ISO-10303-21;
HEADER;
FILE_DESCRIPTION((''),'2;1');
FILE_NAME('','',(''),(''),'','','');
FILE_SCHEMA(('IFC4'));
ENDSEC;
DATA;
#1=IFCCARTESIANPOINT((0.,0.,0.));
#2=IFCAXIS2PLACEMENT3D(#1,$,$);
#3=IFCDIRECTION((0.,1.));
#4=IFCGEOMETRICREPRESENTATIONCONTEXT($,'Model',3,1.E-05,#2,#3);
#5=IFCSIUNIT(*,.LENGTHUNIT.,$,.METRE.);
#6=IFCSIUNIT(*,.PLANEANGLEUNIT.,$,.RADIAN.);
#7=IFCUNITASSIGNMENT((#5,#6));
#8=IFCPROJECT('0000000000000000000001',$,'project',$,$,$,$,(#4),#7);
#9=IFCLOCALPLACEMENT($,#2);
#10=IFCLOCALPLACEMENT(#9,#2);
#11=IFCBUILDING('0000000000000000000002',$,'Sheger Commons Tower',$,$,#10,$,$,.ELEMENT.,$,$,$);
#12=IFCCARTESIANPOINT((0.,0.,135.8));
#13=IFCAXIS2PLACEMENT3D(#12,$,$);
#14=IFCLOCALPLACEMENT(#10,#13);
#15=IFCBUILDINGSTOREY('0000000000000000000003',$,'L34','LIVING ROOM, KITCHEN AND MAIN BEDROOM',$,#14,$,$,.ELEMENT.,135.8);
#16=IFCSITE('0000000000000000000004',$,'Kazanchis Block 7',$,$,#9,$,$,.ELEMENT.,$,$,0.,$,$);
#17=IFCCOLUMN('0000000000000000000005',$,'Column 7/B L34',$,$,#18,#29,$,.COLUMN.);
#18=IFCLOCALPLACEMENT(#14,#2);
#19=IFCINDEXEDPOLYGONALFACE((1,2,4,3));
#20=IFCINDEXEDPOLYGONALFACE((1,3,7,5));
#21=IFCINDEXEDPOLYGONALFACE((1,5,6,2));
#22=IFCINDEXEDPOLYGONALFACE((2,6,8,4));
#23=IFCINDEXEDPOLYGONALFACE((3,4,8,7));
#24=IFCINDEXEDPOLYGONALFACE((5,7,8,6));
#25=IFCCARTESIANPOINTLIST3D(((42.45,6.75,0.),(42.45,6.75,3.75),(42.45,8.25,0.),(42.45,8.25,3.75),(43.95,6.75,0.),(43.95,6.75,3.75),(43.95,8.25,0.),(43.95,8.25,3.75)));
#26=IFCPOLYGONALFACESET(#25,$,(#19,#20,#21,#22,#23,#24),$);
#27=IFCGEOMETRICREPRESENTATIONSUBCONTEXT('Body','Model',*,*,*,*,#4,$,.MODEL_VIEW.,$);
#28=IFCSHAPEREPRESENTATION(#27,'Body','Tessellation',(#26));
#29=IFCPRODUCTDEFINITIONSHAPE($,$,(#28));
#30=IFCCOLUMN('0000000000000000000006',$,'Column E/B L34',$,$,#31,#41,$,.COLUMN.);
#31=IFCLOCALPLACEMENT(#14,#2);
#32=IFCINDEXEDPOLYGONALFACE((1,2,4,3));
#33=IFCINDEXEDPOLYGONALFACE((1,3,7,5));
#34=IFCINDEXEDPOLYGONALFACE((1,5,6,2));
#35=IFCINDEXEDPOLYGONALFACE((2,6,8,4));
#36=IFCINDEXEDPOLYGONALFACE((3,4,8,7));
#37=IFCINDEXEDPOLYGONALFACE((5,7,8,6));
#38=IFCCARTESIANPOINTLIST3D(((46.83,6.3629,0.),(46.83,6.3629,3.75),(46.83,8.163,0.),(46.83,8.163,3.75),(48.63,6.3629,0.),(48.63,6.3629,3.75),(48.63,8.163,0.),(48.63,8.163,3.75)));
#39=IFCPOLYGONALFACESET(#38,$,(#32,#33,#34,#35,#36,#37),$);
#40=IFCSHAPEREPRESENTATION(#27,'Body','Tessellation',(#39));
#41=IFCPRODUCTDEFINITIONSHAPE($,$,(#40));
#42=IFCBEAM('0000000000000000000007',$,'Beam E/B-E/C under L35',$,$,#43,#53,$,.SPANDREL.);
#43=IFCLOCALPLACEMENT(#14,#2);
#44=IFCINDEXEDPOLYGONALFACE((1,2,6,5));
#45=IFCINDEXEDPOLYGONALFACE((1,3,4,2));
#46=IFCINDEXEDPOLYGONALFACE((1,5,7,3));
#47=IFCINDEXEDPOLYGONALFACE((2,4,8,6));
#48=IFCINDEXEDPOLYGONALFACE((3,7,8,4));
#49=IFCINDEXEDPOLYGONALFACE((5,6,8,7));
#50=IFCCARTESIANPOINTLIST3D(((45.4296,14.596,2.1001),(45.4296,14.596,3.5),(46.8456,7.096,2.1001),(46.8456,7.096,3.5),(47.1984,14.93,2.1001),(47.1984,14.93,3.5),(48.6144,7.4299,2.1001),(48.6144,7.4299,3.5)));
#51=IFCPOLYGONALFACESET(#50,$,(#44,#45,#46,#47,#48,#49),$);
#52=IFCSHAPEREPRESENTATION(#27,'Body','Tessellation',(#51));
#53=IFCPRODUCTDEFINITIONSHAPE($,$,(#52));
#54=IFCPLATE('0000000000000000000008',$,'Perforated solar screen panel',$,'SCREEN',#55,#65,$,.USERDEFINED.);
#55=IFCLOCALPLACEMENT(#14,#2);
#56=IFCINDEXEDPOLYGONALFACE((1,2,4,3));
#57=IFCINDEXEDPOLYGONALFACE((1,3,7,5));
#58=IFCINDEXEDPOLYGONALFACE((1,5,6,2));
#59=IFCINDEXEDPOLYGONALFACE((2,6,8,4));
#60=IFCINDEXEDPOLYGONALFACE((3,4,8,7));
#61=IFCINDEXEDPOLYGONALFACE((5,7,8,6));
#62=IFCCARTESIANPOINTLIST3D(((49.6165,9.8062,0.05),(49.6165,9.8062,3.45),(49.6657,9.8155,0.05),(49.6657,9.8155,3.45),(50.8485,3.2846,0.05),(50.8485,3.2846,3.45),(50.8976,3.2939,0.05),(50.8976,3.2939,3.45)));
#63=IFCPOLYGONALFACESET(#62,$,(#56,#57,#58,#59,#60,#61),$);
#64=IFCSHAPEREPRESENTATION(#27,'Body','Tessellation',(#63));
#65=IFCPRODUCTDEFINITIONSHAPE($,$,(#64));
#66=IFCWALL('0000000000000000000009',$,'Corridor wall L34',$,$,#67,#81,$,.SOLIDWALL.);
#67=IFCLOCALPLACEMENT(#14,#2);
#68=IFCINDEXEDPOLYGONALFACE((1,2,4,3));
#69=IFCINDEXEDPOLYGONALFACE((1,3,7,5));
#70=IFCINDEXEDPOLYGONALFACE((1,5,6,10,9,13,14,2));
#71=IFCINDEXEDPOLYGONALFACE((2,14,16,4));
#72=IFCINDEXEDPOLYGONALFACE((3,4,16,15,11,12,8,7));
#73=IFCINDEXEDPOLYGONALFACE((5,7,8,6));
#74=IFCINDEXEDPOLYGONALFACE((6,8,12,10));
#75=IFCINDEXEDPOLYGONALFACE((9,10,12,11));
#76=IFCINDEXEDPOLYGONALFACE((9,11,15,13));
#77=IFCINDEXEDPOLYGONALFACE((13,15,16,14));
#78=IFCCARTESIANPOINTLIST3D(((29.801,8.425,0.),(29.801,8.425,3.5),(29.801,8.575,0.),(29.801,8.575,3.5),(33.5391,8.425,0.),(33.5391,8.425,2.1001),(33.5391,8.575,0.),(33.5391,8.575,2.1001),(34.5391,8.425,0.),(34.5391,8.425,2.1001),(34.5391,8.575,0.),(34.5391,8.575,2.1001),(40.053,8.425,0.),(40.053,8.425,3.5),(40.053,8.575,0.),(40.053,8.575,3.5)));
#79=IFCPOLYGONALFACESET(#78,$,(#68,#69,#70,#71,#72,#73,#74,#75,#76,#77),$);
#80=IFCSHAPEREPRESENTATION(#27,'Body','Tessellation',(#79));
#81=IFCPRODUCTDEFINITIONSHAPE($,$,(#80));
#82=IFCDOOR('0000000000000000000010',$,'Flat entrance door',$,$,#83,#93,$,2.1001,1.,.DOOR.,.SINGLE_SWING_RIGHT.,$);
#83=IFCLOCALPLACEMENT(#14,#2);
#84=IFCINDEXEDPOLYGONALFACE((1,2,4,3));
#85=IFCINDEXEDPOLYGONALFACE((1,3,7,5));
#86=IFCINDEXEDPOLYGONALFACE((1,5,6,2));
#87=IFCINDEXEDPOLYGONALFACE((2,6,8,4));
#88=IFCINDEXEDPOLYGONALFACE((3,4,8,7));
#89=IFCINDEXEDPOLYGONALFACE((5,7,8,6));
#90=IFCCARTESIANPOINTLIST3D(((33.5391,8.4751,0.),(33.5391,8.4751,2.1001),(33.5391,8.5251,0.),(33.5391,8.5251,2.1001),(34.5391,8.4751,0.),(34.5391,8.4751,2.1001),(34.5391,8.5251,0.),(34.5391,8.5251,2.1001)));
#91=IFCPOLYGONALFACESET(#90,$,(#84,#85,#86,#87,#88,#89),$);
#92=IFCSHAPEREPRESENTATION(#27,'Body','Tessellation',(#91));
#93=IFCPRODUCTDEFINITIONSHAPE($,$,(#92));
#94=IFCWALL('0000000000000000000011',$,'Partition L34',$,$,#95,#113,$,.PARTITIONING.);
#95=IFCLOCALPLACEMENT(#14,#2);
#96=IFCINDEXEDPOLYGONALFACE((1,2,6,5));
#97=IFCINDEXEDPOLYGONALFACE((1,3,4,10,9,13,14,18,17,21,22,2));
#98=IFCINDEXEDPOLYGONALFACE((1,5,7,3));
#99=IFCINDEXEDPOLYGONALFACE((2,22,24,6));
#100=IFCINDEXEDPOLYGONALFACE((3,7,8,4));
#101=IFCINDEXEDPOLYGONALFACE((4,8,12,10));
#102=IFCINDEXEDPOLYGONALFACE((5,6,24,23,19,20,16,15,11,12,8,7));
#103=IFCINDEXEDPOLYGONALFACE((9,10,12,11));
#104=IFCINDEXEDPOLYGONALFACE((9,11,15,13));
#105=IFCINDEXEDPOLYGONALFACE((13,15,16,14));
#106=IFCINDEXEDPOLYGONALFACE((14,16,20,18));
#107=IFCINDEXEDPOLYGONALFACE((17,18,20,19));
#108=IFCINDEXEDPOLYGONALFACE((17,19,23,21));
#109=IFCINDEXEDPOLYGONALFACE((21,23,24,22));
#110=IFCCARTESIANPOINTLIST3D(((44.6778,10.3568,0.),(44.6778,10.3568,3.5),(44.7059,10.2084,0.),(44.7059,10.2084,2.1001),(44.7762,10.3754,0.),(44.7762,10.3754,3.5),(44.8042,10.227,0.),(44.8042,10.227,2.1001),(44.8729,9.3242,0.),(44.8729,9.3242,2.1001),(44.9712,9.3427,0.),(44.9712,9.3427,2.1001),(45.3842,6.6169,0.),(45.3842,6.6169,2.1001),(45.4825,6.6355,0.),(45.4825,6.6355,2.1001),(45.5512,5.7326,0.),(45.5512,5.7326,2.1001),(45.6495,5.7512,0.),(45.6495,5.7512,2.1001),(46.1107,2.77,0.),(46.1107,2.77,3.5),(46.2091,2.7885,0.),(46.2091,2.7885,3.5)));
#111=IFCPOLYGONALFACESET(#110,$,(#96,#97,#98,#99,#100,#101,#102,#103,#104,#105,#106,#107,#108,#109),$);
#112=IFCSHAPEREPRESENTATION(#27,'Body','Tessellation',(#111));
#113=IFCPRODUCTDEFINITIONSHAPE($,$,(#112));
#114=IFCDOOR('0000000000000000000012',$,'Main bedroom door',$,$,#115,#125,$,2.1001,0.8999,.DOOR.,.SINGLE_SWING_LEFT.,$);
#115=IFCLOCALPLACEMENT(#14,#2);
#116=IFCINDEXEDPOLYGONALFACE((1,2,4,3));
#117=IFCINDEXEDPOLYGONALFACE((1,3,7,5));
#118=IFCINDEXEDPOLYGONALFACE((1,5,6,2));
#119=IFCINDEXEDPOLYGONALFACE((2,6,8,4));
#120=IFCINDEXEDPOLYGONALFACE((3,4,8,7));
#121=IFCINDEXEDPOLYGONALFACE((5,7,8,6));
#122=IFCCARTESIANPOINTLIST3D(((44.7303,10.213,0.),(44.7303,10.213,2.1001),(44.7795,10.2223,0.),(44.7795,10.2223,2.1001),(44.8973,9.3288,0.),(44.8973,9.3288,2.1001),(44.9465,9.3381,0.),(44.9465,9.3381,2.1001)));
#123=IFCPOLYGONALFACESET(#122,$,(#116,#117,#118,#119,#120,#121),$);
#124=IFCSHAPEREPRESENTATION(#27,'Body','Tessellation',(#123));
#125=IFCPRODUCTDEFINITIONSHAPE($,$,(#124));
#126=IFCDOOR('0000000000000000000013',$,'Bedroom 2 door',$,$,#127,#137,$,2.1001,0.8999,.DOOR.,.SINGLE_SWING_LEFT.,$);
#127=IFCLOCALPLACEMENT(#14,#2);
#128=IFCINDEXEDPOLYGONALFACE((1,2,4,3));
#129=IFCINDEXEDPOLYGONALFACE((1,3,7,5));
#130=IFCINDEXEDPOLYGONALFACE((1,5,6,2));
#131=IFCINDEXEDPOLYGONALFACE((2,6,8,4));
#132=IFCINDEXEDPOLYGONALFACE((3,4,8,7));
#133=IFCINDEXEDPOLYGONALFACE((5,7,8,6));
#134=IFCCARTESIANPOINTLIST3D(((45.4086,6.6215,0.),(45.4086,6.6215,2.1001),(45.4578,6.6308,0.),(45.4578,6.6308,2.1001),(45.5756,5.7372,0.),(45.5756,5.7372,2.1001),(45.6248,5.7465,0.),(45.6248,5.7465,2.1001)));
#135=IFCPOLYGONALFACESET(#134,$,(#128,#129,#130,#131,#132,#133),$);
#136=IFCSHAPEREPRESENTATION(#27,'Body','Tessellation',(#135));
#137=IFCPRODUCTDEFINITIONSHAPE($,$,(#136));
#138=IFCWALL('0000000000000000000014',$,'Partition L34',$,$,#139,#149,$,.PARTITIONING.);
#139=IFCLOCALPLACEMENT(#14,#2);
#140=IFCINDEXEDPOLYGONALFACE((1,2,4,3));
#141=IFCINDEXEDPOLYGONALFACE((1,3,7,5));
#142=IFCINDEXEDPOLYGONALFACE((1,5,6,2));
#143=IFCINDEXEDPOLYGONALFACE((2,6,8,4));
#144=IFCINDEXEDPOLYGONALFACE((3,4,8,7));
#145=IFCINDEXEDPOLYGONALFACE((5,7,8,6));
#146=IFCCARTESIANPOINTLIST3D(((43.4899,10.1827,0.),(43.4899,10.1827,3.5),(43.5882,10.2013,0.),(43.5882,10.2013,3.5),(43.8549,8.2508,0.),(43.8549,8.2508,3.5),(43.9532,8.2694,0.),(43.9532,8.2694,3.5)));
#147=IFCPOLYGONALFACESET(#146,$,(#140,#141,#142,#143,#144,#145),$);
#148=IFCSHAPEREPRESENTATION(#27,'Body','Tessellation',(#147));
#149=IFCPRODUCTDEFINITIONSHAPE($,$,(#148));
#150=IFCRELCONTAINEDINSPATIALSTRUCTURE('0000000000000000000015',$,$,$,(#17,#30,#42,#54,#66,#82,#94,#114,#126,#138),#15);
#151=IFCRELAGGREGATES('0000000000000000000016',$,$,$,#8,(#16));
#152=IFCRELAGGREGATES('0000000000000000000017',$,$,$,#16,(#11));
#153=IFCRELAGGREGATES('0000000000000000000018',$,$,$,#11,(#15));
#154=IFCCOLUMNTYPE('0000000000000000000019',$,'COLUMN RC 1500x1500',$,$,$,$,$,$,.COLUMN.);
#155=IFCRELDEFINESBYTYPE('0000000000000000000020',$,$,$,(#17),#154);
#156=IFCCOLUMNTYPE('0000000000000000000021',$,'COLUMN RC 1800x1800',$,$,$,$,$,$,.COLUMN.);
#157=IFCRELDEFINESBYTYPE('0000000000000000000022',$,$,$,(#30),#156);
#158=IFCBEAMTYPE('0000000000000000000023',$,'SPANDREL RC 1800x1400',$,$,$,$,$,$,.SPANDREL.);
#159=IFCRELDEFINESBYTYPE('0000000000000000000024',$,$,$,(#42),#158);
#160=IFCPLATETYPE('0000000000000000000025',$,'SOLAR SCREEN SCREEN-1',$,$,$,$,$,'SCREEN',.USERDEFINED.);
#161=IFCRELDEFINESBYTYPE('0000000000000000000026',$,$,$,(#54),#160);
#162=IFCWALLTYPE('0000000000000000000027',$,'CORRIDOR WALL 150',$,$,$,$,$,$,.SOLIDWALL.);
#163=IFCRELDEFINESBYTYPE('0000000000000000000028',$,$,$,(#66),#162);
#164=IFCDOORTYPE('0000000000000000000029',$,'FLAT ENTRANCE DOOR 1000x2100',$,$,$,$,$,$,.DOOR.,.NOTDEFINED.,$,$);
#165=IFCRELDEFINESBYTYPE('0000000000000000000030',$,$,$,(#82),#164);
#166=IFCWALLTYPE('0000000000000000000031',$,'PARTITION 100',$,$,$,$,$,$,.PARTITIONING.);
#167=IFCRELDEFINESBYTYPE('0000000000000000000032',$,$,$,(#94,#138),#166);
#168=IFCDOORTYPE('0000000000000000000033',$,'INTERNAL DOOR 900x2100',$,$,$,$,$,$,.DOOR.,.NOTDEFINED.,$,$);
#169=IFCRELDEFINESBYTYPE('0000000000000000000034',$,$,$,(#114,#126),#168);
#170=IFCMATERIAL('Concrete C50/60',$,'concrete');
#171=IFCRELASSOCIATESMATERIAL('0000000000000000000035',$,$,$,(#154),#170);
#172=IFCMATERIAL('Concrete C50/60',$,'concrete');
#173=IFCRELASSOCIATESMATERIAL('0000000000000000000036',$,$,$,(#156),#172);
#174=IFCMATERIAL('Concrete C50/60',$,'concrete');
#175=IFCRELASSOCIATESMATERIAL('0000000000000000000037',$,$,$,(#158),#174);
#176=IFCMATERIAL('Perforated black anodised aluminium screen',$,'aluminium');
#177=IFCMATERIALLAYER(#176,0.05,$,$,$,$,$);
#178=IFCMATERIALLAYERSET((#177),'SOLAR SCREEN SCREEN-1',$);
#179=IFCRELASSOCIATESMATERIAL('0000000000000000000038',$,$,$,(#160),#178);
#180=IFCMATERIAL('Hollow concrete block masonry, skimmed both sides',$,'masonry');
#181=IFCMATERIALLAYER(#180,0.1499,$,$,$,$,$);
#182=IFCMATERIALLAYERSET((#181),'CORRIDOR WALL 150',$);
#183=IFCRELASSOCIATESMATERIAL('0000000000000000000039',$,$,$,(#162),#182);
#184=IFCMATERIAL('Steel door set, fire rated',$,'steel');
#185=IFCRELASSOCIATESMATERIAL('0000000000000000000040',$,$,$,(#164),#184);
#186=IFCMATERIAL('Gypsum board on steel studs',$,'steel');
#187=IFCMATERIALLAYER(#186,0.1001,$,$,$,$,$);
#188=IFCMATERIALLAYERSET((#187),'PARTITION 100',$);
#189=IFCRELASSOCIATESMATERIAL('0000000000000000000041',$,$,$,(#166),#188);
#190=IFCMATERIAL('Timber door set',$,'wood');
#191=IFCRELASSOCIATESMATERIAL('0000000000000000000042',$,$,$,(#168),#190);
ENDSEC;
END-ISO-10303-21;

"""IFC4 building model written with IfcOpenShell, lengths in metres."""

from ifc_helpers import new_model, si_unit, direction, frame, frame_2d, origin, origin_2d, place, context, subcontext, project, spatial, rectangle, extrude, material, layer, layer_set, material_profile, profile_set, type_object, element, fill, save


model = new_model("IFC4")

# Units and contexts
model_context = context("Model", 3, precision=1e-05, world=origin(), true_north=direction((0.0, 1.0)))
body_context = subcontext(model_context, "Body", "Model", "MODEL_VIEW")
ifc_project = project(units=[si_unit("LENGTHUNIT", "METRE"), si_unit("PLANEANGLEUNIT", "RADIAN")], contexts=[model_context])

# Site, building, storey
site_placement = place(None, origin())
site = spatial("IfcSite", under=ifc_project, at=site_placement, Name="Kazanchis Block 7", CompositionType="ELEMENT", RefElevation=0.0)
building_placement = place(site_placement, origin())
building = spatial("IfcBuilding", under=site, at=building_placement, Name="Sheger Commons Tower", CompositionType="ELEMENT")
storey_placement = place(building_placement, frame((0.0, 0.0, 135.8)))
storey = spatial("IfcBuildingStorey", under=building, at=storey_placement, Name="L34", Description="LIVING ROOM, KITCHEN AND MAIN BEDROOM", CompositionType="ELEMENT", Elevation=135.8)

# Columns
ifc_material_1 = material(Name="Concrete C50/60", Category="concrete")
ifc_material_profile_1 = material_profile(ifc_material_1, rectangle(XDim=1.5, YDim=1.5, at=origin_2d()), Name="RC 1500x1500")
ifc_profile_set_1 = profile_set([ifc_material_profile_1], Name="Concrete C50/60")
column_type_1 = type_object("IfcColumnType", Name="COLUMN RC 1500x1500", PredefinedType="COLUMN", material=ifc_profile_set_1)
column_1_placement = place(storey_placement, frame((43.2, 7.5, 0.0), z_axis=(0.0, 0.0, 1.0), x_axis=(1.0, 0.0, 0.0)))
element("IfcColumn", 1, at=column_1_placement, inside=storey, type_object=column_type_1, Name="Column 7/B L34", PredefinedType="COLUMN", context=body_context, shape_type="SweptSolid", body=[
    extrude(rectangle(XDim=1.5, YDim=1.5, at=origin_2d()), origin(), (0.0, 0.0, 1.0), 3.75),
])
ifc_material_2 = material(Name="Concrete C50/60", Category="concrete")
ifc_material_profile_2 = material_profile(ifc_material_2, rectangle(XDim=1.8, YDim=1.8, at=origin_2d()), Name="RC 1800x1800")
ifc_profile_set_2 = profile_set([ifc_material_profile_2], Name="Concrete C50/60")
column_type_2 = type_object("IfcColumnType", Name="COLUMN RC 1800x1800", PredefinedType="COLUMN", material=ifc_profile_set_2)
column_2_placement = place(storey_placement, frame((47.73, 7.2629, 0.0), z_axis=(0.0, 0.0, 1.0), x_axis=(1.0, 0.0, 0.0)))
element("IfcColumn", 2, at=column_2_placement, inside=storey, type_object=column_type_2, Name="Column E/B L34", PredefinedType="COLUMN", context=body_context, shape_type="SweptSolid", body=[
    extrude(rectangle(XDim=1.8, YDim=1.8, at=origin_2d()), origin(), (0.0, 0.0, 1.0), 3.75),
])

# Beam
ifc_material_3 = material(Name="Concrete C50/60", Category="concrete")
ifc_material_profile_3 = material_profile(ifc_material_3, rectangle(XDim=1.8, YDim=1.3999, at=origin_2d()), Name="RC 1800x1400")
ifc_profile_set_3 = profile_set([ifc_material_profile_3], Name="Concrete C50/60")
beam_type = type_object("IfcBeamType", Name="SPANDREL RC 1800x1400", PredefinedType="SPANDREL", material=ifc_profile_set_3)
beam_placement = place(storey_placement, frame((47.73, 7.2629, 2.8), z_axis=(-0.185524, 0.98264, 0.0), x_axis=(-0.98264, -0.185524, 0.0)))
element("IfcBeam", 3, at=beam_placement, inside=storey, type_object=beam_type, Name="Beam E/B-E/C under L35", PredefinedType="SPANDREL", context=body_context, shape_type="SweptSolid", body=[
    extrude(rectangle(XDim=1.8, YDim=1.3999, at=origin_2d()), origin(), (0.0, 0.0, 1.0), 7.6326),
])

# Plate
ifc_material_4 = material(Name="Perforated black anodised aluminium screen", Category="aluminium")
ifc_layer_1 = layer(ifc_material_4, 0.05)
ifc_layer_set_1 = layer_set([ifc_layer_1], Name="SOLAR SCREEN SCREEN-1")
plate_type = type_object("IfcPlateType", Name="SOLAR SCREEN SCREEN-1", ElementType="SCREEN", PredefinedType="USERDEFINED", material=ifc_layer_set_1)
plate_placement = place(storey_placement, frame((50.2571, 6.55, 0.05), z_axis=(0.0, 0.0, 1.0), x_axis=(-0.185615, 0.982623, 0.0)))
element("IfcPlate", 4, at=plate_placement, inside=storey, type_object=plate_type, Name="Perforated solar screen panel", ObjectType="SCREEN", PredefinedType="USERDEFINED", context=body_context, shape_type="SweptSolid", body=[
    extrude(rectangle(XDim=6.637, YDim=0.05, at=origin_2d()), origin(), (0.0, 0.0, 1.0), 3.3999),
])

# Wall, opening, door
ifc_material_5 = material(Name="Hollow concrete block masonry, skimmed both sides", Category="masonry")
ifc_layer_2 = layer(ifc_material_5, 0.1499)
ifc_layer_set_2 = layer_set([ifc_layer_2], Name="CORRIDOR WALL 150")
wall_type_1 = type_object("IfcWallType", Name="CORRIDOR WALL 150", PredefinedType="SOLIDWALL", material=ifc_layer_set_2)
wall_1_placement = place(storey_placement, frame((40.053, 8.5, 0.0), z_axis=(0.0, 0.0, 1.0), x_axis=(-1.0, 0.0, 0.0)))
wall_1 = element("IfcWall", 5, at=wall_1_placement, inside=storey, type_object=wall_type_1, Name="Corridor wall L34", PredefinedType="SOLIDWALL", context=body_context, shape_type="SweptSolid", body=[
    extrude(rectangle(XDim=10.252, YDim=0.1499, at=frame_2d((5.126, 0.0))), origin(), (0.0, 0.0, 1.0), 3.5),
])
opening_1_placement = place(wall_1_placement, frame((5.5139, 0.0, 0.0)))
opening_1 = element("IfcOpeningElement", 6, at=opening_1_placement, cuts=wall_1, PredefinedType="OPENING", context=body_context, shape_type="SweptSolid", body=[
    extrude(rectangle(XDim=1.0, YDim=2.1001, at=frame_2d((0.5, 1.05))), frame((0.0, 0.085, 0.0), z_axis=(0.0, -1.0, 0.0), x_axis=(1.0, 0.0, 0.0)), (0.0, 0.0, 1.0), 0.1699),
])
ifc_material_6 = material(Name="Steel door set, fire rated", Category="steel")
door_type_1 = type_object("IfcDoorType", Name="FLAT ENTRANCE DOOR 1000x2100", OperationType="NOTDEFINED", PredefinedType="DOOR", material=ifc_material_6)
door_1_placement = place(opening_1_placement, origin())
door_1 = element("IfcDoor", 7, at=door_1_placement, inside=storey, type_object=door_type_1, Name="Flat entrance door", OperationType="SINGLE_SWING_RIGHT", OverallHeight=2.1001, OverallWidth=1.0, PredefinedType="DOOR", context=body_context, shape_type="SweptSolid", body=[
    extrude(rectangle(XDim=1.0, YDim=2.1001, at=frame_2d((0.5, 1.05))), frame((0.0, 0.0249, 0.0), z_axis=(0.0, -1.0, 0.0), x_axis=(1.0, 0.0, 0.0)), (0.0, 0.0, 1.0), 0.05),
])
fill(opening_1, door_1)

# Wall, openings, doors
ifc_material_7 = material(Name="Gypsum board on steel studs", Category="steel")
ifc_layer_3 = layer(ifc_material_7, 0.1001)
ifc_layer_set_3 = layer_set([ifc_layer_3], Name="PARTITION 100")
wall_type_2 = type_object("IfcWallType", Name="PARTITION 100", PredefinedType="PARTITIONING", material=ifc_layer_set_3)
wall_2_placement = place(storey_placement, frame((44.7271, 10.366, 0.0), z_axis=(0.0, 0.0, 1.0), x_axis=(0.185579, -0.982629, 0.0)))
wall_2 = element("IfcWall", 8, at=wall_2_placement, inside=storey, type_object=wall_type_2, Name="Partition L34", PredefinedType="PARTITIONING", context=body_context, shape_type="SweptSolid", body=[
    extrude(rectangle(XDim=7.7209, YDim=0.1001, at=frame_2d((3.8604, 0.0))), origin(), (0.0, 0.0, 1.0), 3.5),
])
opening_2_placement = place(wall_2_placement, frame((0.1509, 0.0, 0.0)))
opening_2 = element("IfcOpeningElement", 9, at=opening_2_placement, cuts=wall_2, PredefinedType="OPENING", context=body_context, shape_type="SweptSolid", body=[
    extrude(rectangle(XDim=0.8999, YDim=2.1001, at=frame_2d((0.45, 1.05))), frame((0.0, 0.0601, 0.0), z_axis=(0.0, -1.0, 0.0), x_axis=(1.0, 0.0, 0.0)), (0.0, 0.0, 1.0), 0.1201),
])
opening_3_placement = place(wall_2_placement, frame((3.8059, 0.0, 0.0)))
opening_3 = element("IfcOpeningElement", 10, at=opening_3_placement, cuts=wall_2, PredefinedType="OPENING", context=body_context, shape_type="SweptSolid", body=[
    extrude(rectangle(XDim=0.8999, YDim=2.1001, at=frame_2d((0.45, 1.05))), frame((0.0, 0.0601, 0.0), z_axis=(0.0, -1.0, 0.0), x_axis=(1.0, 0.0, 0.0)), (0.0, 0.0, 1.0), 0.1201),
])
ifc_material_8 = material(Name="Timber door set", Category="wood")
door_type_2 = type_object("IfcDoorType", Name="INTERNAL DOOR 900x2100", OperationType="NOTDEFINED", PredefinedType="DOOR", material=ifc_material_8)
door_2_placement = place(opening_2_placement, origin())
door_2 = element("IfcDoor", 11, at=door_2_placement, inside=storey, type_object=door_type_2, Name="Main bedroom door", OperationType="SINGLE_SWING_LEFT", OverallHeight=2.1001, OverallWidth=0.8999, PredefinedType="DOOR", context=body_context, shape_type="SweptSolid", body=[
    extrude(rectangle(XDim=0.8999, YDim=2.1001, at=frame_2d((0.45, 1.05))), frame((0.0, 0.0249, 0.0), z_axis=(0.0, -1.0, 0.0), x_axis=(1.0, 0.0, 0.0)), (0.0, 0.0, 1.0), 0.05),
])
fill(opening_2, door_2)
door_3_placement = place(opening_3_placement, origin())
door_3 = element("IfcDoor", 12, at=door_3_placement, inside=storey, type_object=door_type_2, Name="Bedroom 2 door", OperationType="SINGLE_SWING_LEFT", OverallHeight=2.1001, OverallWidth=0.8999, PredefinedType="DOOR", context=body_context, shape_type="SweptSolid", body=[
    extrude(rectangle(XDim=0.8999, YDim=2.1001, at=frame_2d((0.45, 1.05))), frame((0.0, 0.0249, 0.0), z_axis=(0.0, -1.0, 0.0), x_axis=(1.0, 0.0, 0.0)), (0.0, 0.0, 1.0), 0.05),
])
fill(opening_3, door_3)

# Wall
wall_3_placement = place(storey_placement, frame((43.5391, 10.1919, 0.0), z_axis=(0.0, 0.0, 1.0), x_axis=(0.185645, -0.982617, 0.0)))
element("IfcWall", 13, at=wall_3_placement, inside=storey, type_object=wall_type_2, Name="Partition L34", PredefinedType="PARTITIONING", context=body_context, shape_type="SweptSolid", body=[
    extrude(rectangle(XDim=1.9661, YDim=0.1001, at=frame_2d((0.9829, 0.0))), origin(), (0.0, 0.0, 1.0), 3.5),
])

save(model, "model.ifc")
